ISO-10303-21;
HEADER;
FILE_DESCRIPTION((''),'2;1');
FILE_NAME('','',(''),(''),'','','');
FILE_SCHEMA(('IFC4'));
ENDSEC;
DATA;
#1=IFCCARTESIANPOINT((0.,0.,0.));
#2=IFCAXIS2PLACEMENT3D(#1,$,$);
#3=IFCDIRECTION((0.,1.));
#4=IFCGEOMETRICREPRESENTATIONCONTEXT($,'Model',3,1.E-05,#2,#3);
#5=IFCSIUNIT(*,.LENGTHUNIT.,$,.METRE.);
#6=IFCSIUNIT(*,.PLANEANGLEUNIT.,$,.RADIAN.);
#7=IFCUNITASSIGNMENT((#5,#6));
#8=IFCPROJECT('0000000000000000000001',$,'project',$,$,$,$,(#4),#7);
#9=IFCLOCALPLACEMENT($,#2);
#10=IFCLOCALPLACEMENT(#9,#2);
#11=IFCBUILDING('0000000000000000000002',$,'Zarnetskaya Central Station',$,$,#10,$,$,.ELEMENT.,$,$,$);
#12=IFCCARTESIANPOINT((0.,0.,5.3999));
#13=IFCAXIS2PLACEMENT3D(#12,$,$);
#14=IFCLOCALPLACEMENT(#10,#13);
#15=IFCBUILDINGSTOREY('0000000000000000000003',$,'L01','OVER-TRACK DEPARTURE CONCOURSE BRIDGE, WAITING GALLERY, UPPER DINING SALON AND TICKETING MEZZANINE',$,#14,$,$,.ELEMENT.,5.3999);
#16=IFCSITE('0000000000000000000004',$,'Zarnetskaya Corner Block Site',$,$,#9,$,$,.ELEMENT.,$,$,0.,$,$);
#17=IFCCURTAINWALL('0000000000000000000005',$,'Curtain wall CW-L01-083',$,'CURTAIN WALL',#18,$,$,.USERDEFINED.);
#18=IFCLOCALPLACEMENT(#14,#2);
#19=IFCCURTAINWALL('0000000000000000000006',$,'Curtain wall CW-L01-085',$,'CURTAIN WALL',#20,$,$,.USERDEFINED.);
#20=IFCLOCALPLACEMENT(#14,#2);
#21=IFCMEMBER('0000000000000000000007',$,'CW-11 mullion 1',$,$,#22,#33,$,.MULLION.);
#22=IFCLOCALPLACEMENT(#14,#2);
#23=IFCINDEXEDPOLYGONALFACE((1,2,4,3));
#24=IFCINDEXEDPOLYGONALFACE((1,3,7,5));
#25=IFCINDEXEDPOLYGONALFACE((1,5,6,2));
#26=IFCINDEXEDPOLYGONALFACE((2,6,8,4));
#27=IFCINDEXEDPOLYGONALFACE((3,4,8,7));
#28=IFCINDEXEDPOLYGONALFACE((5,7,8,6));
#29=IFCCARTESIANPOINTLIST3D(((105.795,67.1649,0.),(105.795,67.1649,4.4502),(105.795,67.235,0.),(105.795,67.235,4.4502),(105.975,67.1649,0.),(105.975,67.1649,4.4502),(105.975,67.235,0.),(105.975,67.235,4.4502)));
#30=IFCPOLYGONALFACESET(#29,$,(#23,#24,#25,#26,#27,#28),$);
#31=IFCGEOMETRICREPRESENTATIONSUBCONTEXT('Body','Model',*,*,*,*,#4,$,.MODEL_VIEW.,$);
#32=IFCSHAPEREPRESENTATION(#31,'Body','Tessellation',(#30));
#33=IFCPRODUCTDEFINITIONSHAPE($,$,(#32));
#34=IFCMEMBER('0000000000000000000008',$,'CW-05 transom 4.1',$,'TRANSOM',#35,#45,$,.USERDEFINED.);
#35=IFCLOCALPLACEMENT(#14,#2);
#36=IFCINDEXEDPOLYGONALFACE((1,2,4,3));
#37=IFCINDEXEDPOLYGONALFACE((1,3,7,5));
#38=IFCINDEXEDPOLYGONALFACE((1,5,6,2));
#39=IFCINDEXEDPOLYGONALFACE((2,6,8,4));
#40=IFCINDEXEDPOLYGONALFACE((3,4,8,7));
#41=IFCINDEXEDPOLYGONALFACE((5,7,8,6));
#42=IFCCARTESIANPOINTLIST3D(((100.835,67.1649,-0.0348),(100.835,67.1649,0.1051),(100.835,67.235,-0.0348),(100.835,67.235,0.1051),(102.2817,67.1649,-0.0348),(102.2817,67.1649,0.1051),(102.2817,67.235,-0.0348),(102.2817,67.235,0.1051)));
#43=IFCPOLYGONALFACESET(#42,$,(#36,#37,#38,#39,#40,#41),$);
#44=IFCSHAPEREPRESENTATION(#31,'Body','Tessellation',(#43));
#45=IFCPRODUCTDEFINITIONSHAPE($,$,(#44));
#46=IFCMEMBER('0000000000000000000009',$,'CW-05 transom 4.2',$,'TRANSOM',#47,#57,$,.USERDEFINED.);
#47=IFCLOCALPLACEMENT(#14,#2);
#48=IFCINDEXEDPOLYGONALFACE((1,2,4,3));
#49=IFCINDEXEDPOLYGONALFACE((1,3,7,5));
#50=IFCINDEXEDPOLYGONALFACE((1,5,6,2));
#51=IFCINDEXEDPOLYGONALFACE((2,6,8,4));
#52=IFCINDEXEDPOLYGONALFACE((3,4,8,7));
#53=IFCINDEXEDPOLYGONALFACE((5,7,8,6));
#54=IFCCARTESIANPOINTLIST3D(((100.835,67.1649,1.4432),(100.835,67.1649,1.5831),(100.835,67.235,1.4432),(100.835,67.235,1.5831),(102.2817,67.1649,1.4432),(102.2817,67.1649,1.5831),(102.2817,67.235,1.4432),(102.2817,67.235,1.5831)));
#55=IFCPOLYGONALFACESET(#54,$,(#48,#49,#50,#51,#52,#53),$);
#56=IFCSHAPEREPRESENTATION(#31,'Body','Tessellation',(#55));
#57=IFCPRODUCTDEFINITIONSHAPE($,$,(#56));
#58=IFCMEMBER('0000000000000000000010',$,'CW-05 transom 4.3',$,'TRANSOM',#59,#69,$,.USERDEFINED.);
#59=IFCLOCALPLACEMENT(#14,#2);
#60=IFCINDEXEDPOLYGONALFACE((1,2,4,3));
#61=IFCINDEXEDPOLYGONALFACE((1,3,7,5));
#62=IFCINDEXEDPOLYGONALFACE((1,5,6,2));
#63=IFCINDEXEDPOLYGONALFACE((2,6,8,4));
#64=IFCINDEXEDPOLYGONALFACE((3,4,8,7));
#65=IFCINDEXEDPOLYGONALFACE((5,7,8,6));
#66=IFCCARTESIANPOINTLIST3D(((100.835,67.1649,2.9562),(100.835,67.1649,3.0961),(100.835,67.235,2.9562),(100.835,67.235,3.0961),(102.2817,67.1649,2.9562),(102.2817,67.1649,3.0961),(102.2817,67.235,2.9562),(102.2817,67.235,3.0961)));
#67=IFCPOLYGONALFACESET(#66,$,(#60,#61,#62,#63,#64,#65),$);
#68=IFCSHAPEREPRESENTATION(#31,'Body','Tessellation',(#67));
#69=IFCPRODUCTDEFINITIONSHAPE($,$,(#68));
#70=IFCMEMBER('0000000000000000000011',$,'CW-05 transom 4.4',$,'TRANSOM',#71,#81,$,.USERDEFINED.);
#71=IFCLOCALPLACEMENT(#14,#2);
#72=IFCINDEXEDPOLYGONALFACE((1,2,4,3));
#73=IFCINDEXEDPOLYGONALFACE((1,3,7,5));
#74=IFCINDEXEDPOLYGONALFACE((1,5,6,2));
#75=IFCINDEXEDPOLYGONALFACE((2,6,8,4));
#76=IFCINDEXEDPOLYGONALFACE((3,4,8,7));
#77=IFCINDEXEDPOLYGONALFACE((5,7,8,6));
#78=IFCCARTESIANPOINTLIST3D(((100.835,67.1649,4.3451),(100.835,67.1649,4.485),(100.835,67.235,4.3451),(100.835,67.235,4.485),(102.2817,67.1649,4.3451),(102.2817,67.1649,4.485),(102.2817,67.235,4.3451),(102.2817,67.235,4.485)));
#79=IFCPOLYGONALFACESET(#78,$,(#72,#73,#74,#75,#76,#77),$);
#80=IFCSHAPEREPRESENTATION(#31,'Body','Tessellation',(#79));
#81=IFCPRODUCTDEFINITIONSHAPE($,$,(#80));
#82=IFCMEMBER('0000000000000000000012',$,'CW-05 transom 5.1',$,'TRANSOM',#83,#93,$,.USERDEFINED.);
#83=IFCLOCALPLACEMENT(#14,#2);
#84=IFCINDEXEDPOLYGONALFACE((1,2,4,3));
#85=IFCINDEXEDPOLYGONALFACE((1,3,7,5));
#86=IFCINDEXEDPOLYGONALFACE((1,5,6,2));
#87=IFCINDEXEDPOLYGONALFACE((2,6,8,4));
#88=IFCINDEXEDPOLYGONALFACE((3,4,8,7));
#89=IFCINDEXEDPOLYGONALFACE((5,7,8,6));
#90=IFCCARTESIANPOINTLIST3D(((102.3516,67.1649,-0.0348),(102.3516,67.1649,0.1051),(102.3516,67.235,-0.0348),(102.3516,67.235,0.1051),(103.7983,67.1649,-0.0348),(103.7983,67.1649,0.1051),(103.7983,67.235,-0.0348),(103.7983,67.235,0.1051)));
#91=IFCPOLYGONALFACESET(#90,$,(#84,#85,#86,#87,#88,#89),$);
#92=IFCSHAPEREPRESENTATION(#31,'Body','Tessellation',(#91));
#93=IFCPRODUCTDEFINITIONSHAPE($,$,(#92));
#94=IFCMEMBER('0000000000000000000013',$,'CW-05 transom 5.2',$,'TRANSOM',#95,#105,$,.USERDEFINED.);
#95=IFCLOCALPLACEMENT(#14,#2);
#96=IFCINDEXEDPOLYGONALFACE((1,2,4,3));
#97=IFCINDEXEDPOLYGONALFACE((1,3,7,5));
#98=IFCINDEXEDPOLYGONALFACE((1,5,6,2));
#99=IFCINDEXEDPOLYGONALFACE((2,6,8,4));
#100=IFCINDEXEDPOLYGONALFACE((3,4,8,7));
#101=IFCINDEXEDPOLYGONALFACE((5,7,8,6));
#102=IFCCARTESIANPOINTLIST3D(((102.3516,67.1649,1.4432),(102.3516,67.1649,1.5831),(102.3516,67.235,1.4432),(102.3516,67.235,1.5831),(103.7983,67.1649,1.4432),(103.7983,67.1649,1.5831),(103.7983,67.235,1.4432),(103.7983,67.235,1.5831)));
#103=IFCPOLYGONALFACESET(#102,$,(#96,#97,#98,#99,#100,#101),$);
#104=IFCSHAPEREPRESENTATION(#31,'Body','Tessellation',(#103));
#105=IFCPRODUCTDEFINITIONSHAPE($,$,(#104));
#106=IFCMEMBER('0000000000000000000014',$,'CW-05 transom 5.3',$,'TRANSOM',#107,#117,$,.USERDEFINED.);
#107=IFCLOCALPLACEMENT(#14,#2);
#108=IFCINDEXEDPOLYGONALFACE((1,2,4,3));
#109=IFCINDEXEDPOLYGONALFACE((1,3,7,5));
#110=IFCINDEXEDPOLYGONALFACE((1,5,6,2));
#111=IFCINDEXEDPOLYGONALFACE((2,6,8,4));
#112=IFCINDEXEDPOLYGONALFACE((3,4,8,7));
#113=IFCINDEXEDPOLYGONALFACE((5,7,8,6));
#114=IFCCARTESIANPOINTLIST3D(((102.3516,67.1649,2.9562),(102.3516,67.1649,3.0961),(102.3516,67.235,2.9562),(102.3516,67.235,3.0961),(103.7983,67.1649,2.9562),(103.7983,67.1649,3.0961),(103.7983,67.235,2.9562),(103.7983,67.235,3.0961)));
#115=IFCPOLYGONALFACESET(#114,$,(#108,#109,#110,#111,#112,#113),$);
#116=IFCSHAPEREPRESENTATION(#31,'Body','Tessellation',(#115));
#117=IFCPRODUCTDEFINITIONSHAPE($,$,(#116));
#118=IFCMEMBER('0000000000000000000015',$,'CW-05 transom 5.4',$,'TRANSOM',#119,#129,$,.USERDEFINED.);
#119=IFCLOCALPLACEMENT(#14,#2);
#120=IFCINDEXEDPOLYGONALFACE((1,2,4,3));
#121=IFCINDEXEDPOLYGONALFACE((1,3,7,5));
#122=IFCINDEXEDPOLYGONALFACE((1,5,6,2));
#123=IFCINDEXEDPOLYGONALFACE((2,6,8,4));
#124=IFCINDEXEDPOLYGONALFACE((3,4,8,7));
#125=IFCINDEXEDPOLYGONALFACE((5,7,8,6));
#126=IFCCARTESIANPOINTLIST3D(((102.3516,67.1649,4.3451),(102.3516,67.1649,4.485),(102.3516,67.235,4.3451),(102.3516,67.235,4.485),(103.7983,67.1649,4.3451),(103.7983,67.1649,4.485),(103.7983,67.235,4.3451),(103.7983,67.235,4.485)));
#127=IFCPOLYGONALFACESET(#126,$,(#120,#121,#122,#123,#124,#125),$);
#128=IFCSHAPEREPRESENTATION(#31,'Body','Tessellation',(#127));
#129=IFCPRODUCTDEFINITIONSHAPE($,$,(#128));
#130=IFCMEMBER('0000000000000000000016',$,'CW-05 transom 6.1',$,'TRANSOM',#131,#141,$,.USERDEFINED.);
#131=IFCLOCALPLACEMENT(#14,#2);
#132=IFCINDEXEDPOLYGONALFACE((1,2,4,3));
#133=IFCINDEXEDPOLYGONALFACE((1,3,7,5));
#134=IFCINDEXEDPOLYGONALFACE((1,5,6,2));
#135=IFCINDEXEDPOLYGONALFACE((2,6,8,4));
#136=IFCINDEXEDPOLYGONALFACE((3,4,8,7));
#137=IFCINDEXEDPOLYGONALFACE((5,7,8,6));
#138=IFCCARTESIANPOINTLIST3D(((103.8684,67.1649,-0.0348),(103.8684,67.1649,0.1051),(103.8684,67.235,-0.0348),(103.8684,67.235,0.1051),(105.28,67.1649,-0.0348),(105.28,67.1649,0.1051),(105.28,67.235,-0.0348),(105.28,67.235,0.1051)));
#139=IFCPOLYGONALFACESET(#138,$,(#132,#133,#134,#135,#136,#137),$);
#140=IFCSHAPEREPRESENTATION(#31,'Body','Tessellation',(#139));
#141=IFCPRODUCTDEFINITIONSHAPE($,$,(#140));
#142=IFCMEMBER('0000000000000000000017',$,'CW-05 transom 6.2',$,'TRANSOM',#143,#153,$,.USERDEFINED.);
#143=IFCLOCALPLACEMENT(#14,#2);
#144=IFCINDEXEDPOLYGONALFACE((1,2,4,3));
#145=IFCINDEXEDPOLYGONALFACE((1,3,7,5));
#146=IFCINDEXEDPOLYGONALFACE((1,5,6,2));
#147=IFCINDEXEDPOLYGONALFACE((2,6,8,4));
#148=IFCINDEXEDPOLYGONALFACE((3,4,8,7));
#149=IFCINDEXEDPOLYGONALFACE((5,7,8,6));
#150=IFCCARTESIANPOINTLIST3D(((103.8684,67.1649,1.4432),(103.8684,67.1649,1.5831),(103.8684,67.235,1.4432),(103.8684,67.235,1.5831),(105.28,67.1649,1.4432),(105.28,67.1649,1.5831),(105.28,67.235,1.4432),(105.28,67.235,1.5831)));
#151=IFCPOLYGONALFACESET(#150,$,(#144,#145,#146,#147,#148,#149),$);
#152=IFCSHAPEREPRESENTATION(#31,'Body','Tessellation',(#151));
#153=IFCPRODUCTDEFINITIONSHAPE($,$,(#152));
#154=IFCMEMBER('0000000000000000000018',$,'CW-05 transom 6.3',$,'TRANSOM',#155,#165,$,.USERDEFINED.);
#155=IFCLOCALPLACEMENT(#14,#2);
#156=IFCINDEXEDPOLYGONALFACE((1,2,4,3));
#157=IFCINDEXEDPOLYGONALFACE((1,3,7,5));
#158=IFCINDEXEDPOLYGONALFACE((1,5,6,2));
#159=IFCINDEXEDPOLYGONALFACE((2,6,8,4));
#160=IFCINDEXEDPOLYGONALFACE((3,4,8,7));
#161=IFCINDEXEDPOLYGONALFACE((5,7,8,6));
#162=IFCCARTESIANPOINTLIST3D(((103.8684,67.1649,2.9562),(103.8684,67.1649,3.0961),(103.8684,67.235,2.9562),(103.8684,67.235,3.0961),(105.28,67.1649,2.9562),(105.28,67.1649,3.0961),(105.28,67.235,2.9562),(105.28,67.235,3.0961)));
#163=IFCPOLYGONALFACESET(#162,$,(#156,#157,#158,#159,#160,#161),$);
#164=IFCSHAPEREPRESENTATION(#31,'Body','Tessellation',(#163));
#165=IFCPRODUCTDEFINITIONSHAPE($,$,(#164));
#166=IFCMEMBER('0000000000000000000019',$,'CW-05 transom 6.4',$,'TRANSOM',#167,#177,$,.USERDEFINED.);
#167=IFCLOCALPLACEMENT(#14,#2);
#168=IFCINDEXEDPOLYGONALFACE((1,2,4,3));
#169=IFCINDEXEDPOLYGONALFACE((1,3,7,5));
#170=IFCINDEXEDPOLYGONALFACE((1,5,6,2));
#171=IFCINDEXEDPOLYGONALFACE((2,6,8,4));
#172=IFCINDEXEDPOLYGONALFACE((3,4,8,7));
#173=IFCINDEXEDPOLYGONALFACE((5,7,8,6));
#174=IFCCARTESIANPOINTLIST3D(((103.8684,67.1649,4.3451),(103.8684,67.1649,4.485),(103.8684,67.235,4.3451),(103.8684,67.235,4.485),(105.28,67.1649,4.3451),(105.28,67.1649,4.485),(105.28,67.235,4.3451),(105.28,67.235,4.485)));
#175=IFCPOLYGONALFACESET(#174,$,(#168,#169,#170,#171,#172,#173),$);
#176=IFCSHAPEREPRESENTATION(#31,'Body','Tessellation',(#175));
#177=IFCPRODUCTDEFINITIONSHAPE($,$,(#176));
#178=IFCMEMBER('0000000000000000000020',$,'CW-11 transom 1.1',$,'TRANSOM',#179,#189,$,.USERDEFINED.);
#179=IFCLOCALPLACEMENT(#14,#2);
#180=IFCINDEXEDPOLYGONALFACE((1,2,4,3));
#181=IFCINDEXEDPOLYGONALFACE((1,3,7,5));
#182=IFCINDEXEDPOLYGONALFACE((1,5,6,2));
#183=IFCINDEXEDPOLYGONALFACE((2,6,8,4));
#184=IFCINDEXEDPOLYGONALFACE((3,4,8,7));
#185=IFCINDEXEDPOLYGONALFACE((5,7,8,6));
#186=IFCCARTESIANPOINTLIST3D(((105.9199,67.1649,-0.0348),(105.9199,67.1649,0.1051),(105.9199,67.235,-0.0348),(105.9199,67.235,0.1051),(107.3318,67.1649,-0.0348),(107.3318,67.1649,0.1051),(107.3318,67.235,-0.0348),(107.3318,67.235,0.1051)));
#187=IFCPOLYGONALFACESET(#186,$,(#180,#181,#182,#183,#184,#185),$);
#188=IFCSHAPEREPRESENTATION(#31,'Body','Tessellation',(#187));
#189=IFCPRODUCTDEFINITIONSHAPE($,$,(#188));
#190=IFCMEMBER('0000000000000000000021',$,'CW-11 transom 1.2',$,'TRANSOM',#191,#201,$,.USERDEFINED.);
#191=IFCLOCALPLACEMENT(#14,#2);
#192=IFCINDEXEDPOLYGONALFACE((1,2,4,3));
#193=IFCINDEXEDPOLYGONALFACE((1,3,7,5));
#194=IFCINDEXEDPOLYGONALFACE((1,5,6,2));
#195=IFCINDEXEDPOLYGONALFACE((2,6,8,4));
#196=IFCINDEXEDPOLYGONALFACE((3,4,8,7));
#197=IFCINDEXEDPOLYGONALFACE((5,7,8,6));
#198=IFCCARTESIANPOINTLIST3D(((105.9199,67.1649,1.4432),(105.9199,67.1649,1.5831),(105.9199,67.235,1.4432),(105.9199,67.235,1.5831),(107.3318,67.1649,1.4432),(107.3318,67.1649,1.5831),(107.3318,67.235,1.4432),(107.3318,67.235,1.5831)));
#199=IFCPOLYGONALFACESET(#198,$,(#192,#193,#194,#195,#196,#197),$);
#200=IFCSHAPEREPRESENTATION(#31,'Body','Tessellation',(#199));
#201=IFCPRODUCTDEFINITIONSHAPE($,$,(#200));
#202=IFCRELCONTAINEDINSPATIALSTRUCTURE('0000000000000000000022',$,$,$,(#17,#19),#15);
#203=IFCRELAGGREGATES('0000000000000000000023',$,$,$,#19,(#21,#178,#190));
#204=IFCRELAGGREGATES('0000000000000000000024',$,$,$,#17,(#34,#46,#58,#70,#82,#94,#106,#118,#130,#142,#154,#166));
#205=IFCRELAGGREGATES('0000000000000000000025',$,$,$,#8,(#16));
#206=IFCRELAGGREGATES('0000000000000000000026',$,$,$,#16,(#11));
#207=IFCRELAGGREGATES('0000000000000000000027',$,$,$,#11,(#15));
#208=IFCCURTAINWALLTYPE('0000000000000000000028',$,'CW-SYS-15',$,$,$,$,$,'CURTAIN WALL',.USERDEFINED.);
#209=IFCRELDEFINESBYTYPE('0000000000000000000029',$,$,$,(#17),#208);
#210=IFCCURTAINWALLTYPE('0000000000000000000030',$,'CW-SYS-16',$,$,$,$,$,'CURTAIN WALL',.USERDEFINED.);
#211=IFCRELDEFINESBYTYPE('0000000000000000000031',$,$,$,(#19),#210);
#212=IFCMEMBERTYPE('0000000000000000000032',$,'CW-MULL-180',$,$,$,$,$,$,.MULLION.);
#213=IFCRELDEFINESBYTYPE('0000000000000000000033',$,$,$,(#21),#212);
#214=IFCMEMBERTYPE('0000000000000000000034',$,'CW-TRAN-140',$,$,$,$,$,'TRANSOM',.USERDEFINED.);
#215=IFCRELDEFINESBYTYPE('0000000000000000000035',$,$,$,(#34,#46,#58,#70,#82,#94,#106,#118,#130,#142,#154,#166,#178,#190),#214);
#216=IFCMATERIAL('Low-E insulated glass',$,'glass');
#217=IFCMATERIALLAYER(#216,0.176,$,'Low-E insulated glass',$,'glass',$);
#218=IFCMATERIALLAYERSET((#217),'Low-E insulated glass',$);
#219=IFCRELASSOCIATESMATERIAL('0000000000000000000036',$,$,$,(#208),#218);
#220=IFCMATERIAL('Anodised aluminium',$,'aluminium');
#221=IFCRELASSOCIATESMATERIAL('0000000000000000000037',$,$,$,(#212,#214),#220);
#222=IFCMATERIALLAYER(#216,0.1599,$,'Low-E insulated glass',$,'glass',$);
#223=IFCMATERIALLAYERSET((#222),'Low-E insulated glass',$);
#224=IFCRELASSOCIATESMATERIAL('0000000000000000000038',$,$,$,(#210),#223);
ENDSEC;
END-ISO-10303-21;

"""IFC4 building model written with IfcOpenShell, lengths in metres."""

from ifc_helpers import new_model, si_unit, direction, frame, origin, origin_2d, place, context, subcontext, project, spatial, rectangle, extrude, material, layer, layer_set, material_profile, profile_set, type_object, element, aggregate, save


model = new_model("IFC4")

# Units and contexts
model_context = context("Model", 3, precision=1e-05, world=origin(), true_north=direction((0.0, 1.0)))
body_context = subcontext(model_context, "Body", "Model", "MODEL_VIEW")
ifc_project = project(units=[si_unit("LENGTHUNIT", "METRE"), si_unit("PLANEANGLEUNIT", "RADIAN")], contexts=[model_context])

# Site, building, storey
site_placement = place(None, origin())
site = spatial("IfcSite", under=ifc_project, at=site_placement, Name="Zarnetskaya Corner Block Site", CompositionType="ELEMENT", RefElevation=0.0)
building_placement = place(site_placement, origin())
building = spatial("IfcBuilding", under=site, at=building_placement, Name="Zarnetskaya Central Station", CompositionType="ELEMENT")
storey_placement = place(building_placement, frame((0.0, 0.0, 5.3999)))
storey = spatial("IfcBuildingStorey", under=building, at=storey_placement, Name="L01", Description="OVER-TRACK DEPARTURE CONCOURSE BRIDGE, WAITING GALLERY, UPPER DINING SALON AND TICKETING MEZZANINE", CompositionType="ELEMENT", Elevation=5.3999)

# Curtain wall
ifc_material_1 = material(Name="Low-E insulated glass", Category="glass")
ifc_layer_1 = layer(ifc_material_1, 0.176, Name="Low-E insulated glass", Category="glass")
ifc_layer_set_1 = layer_set([ifc_layer_1], Name="Low-E insulated glass")
curtain_wall_type_1 = type_object("IfcCurtainWallType", Name="CW-SYS-15", ElementType="CURTAIN WALL", PredefinedType="USERDEFINED", material=ifc_layer_set_1)
curtain_wall_1_placement = place(storey_placement, origin())
curtain_wall_1 = element("IfcCurtainWall", 1, at=curtain_wall_1_placement, inside=storey, type_object=curtain_wall_type_1, Name="Curtain wall CW-L01-083", ObjectType="CURTAIN WALL", PredefinedType="USERDEFINED")
ifc_material_2 = material(Name="Anodised aluminium", Category="aluminium")
ifc_material_profile_1 = material_profile(ifc_material_2, rectangle(XDim=0.0701, YDim=0.1799, at=origin_2d()), Name="ALU MULL 70x180")
ifc_profile_set_1 = profile_set([ifc_material_profile_1], Name="Anodised aluminium")
member_type_1 = type_object("IfcMemberType", Name="CW-MULL-180", PredefinedType="MULLION", material=ifc_profile_set_1)

# Curtain wall, member
ifc_layer_2 = layer(ifc_material_1, 0.1599, Name="Low-E insulated glass", Category="glass")
ifc_layer_set_2 = layer_set([ifc_layer_2], Name="Low-E insulated glass")
curtain_wall_type_2 = type_object("IfcCurtainWallType", Name="CW-SYS-16", ElementType="CURTAIN WALL", PredefinedType="USERDEFINED", material=ifc_layer_set_2)
curtain_wall_2_placement = place(storey_placement, origin())
curtain_wall_2 = element("IfcCurtainWall", 2, at=curtain_wall_2_placement, inside=storey, type_object=curtain_wall_type_2, Name="Curtain wall CW-L01-085", ObjectType="CURTAIN WALL", PredefinedType="USERDEFINED")
member_1_placement = place(storey_placement, frame((105.885, 67.2, 0.0), z_axis=(0.0, 0.0, 1.0), x_axis=(0.0, 1.0, 0.0)))
member_1 = element("IfcMember", 3, at=member_1_placement, type_object=member_type_1, Name="CW-11 mullion 1", PredefinedType="MULLION", context=body_context, shape_type="SweptSolid", body=[
    extrude(rectangle(XDim=0.0701, YDim=0.1799, at=origin_2d()), origin(), (0.0, 0.0, 1.0), 4.4502),
])

# Members
ifc_material_profile_2 = material_profile(ifc_material_2, rectangle(XDim=0.0701, YDim=0.1399, at=origin_2d()), Name="ALU TRAN 70x140")
ifc_profile_set_2 = profile_set([ifc_material_profile_2], Name="Anodised aluminium")
member_type_2 = type_object("IfcMemberType", Name="CW-TRAN-140", ElementType="TRANSOM", PredefinedType="USERDEFINED", material=ifc_profile_set_2)
member_2_placement = place(storey_placement, frame((100.835, 67.2, 0.0352), z_axis=(1.0, 0.0, 0.0), x_axis=(0.0, 1.0, 0.0)))
member_2 = element("IfcMember", 4, at=member_2_placement, type_object=member_type_2, Name="CW-05 transom 4.1", ObjectType="TRANSOM", PredefinedType="USERDEFINED", context=body_context, shape_type="SweptSolid", body=[
    extrude(rectangle(XDim=0.0701, YDim=0.1399, at=origin_2d()), origin(), (0.0, 0.0, 1.0), 1.4468),
])
member_3_placement = place(storey_placement, frame((100.835, 67.2, 1.5132), z_axis=(1.0, 0.0, 0.0), x_axis=(0.0, 1.0, 0.0)))
member_3 = element("IfcMember", 5, at=member_3_placement, type_object=member_type_2, Name="CW-05 transom 4.2", ObjectType="TRANSOM", PredefinedType="USERDEFINED", context=body_context, shape_type="SweptSolid", body=[
    extrude(rectangle(XDim=0.0701, YDim=0.1399, at=origin_2d()), origin(), (0.0, 0.0, 1.0), 1.4468),
])
member_4_placement = place(storey_placement, frame((100.835, 67.2, 3.0261), z_axis=(1.0, 0.0, 0.0), x_axis=(0.0, 1.0, 0.0)))
member_4 = element("IfcMember", 6, at=member_4_placement, type_object=member_type_2, Name="CW-05 transom 4.3", ObjectType="TRANSOM", PredefinedType="USERDEFINED", context=body_context, shape_type="SweptSolid", body=[
    extrude(rectangle(XDim=0.0701, YDim=0.1399, at=origin_2d()), origin(), (0.0, 0.0, 1.0), 1.4468),
])
member_5_placement = place(storey_placement, frame((100.835, 67.2, 4.415), z_axis=(1.0, 0.0, 0.0), x_axis=(0.0, 1.0, 0.0)))
member_5 = element("IfcMember", 7, at=member_5_placement, type_object=member_type_2, Name="CW-05 transom 4.4", ObjectType="TRANSOM", PredefinedType="USERDEFINED", context=body_context, shape_type="SweptSolid", body=[
    extrude(rectangle(XDim=0.0701, YDim=0.1399, at=origin_2d()), origin(), (0.0, 0.0, 1.0), 1.4468),
])
member_6_placement = place(storey_placement, frame((102.3516, 67.2, 0.0352), z_axis=(1.0, 0.0, 0.0), x_axis=(0.0, 1.0, 0.0)))
member_6 = element("IfcMember", 8, at=member_6_placement, type_object=member_type_2, Name="CW-05 transom 5.1", ObjectType="TRANSOM", PredefinedType="USERDEFINED", context=body_context, shape_type="SweptSolid", body=[
    extrude(rectangle(XDim=0.0701, YDim=0.1399, at=origin_2d()), origin(), (0.0, 0.0, 1.0), 1.4468),
])
member_7_placement = place(storey_placement, frame((102.3516, 67.2, 1.5132), z_axis=(1.0, 0.0, 0.0), x_axis=(0.0, 1.0, 0.0)))
member_7 = element("IfcMember", 9, at=member_7_placement, type_object=member_type_2, Name="CW-05 transom 5.2", ObjectType="TRANSOM", PredefinedType="USERDEFINED", context=body_context, shape_type="SweptSolid", body=[
    extrude(rectangle(XDim=0.0701, YDim=0.1399, at=origin_2d()), origin(), (0.0, 0.0, 1.0), 1.4468),
])
member_8_placement = place(storey_placement, frame((102.3516, 67.2, 3.0261), z_axis=(1.0, 0.0, 0.0), x_axis=(0.0, 1.0, 0.0)))
member_8 = element("IfcMember", 10, at=member_8_placement, type_object=member_type_2, Name="CW-05 transom 5.3", ObjectType="TRANSOM", PredefinedType="USERDEFINED", context=body_context, shape_type="SweptSolid", body=[
    extrude(rectangle(XDim=0.0701, YDim=0.1399, at=origin_2d()), origin(), (0.0, 0.0, 1.0), 1.4468),
])
member_9_placement = place(storey_placement, frame((102.3516, 67.2, 4.415), z_axis=(1.0, 0.0, 0.0), x_axis=(0.0, 1.0, 0.0)))
member_9 = element("IfcMember", 11, at=member_9_placement, type_object=member_type_2, Name="CW-05 transom 5.4", ObjectType="TRANSOM", PredefinedType="USERDEFINED", context=body_context, shape_type="SweptSolid", body=[
    extrude(rectangle(XDim=0.0701, YDim=0.1399, at=origin_2d()), origin(), (0.0, 0.0, 1.0), 1.4468),
])
member_10_placement = place(storey_placement, frame((103.8684, 67.2, 0.0352), z_axis=(1.0, 0.0, 0.0), x_axis=(0.0, 1.0, 0.0)))
member_10 = element("IfcMember", 12, at=member_10_placement, type_object=member_type_2, Name="CW-05 transom 6.1", ObjectType="TRANSOM", PredefinedType="USERDEFINED", context=body_context, shape_type="SweptSolid", body=[
    extrude(rectangle(XDim=0.0701, YDim=0.1399, at=origin_2d()), origin(), (0.0, 0.0, 1.0), 1.4116),
])
member_11_placement = place(storey_placement, frame((103.8684, 67.2, 1.5132), z_axis=(1.0, 0.0, 0.0), x_axis=(0.0, 1.0, 0.0)))
member_11 = element("IfcMember", 13, at=member_11_placement, type_object=member_type_2, Name="CW-05 transom 6.2", ObjectType="TRANSOM", PredefinedType="USERDEFINED", context=body_context, shape_type="SweptSolid", body=[
    extrude(rectangle(XDim=0.0701, YDim=0.1399, at=origin_2d()), origin(), (0.0, 0.0, 1.0), 1.4116),
])
member_12_placement = place(storey_placement, frame((103.8684, 67.2, 3.0261), z_axis=(1.0, 0.0, 0.0), x_axis=(0.0, 1.0, 0.0)))
member_12 = element("IfcMember", 14, at=member_12_placement, type_object=member_type_2, Name="CW-05 transom 6.3", ObjectType="TRANSOM", PredefinedType="USERDEFINED", context=body_context, shape_type="SweptSolid", body=[
    extrude(rectangle(XDim=0.0701, YDim=0.1399, at=origin_2d()), origin(), (0.0, 0.0, 1.0), 1.4116),
])
member_13_placement = place(storey_placement, frame((103.8684, 67.2, 4.415), z_axis=(1.0, 0.0, 0.0), x_axis=(0.0, 1.0, 0.0)))
member_13 = element("IfcMember", 15, at=member_13_placement, type_object=member_type_2, Name="CW-05 transom 6.4", ObjectType="TRANSOM", PredefinedType="USERDEFINED", context=body_context, shape_type="SweptSolid", body=[
    extrude(rectangle(XDim=0.0701, YDim=0.1399, at=origin_2d()), origin(), (0.0, 0.0, 1.0), 1.4116),
])
member_14_placement = place(storey_placement, frame((105.9199, 67.2, 0.0352), z_axis=(1.0, 0.0, 0.0), x_axis=(0.0, 1.0, 0.0)))
member_14 = element("IfcMember", 16, at=member_14_placement, type_object=member_type_2, Name="CW-11 transom 1.1", ObjectType="TRANSOM", PredefinedType="USERDEFINED", context=body_context, shape_type="SweptSolid", body=[
    extrude(rectangle(XDim=0.0701, YDim=0.1399, at=origin_2d()), origin(), (0.0, 0.0, 1.0), 1.4119),
])
member_15_placement = place(storey_placement, frame((105.9199, 67.2, 1.5132), z_axis=(1.0, 0.0, 0.0), x_axis=(0.0, 1.0, 0.0)))
member_15 = element("IfcMember", 17, at=member_15_placement, type_object=member_type_2, Name="CW-11 transom 1.2", ObjectType="TRANSOM", PredefinedType="USERDEFINED", context=body_context, shape_type="SweptSolid", body=[
    extrude(rectangle(XDim=0.0701, YDim=0.1399, at=origin_2d()), origin(), (0.0, 0.0, 1.0), 1.4119),
])
aggregate(curtain_wall_2, [member_1, member_14, member_15])

aggregate(curtain_wall_1, [member_2, member_3, member_4, member_5, member_6, member_7, member_8, member_9, member_10, member_11, member_12, member_13])

save(model, "model.ifc")
